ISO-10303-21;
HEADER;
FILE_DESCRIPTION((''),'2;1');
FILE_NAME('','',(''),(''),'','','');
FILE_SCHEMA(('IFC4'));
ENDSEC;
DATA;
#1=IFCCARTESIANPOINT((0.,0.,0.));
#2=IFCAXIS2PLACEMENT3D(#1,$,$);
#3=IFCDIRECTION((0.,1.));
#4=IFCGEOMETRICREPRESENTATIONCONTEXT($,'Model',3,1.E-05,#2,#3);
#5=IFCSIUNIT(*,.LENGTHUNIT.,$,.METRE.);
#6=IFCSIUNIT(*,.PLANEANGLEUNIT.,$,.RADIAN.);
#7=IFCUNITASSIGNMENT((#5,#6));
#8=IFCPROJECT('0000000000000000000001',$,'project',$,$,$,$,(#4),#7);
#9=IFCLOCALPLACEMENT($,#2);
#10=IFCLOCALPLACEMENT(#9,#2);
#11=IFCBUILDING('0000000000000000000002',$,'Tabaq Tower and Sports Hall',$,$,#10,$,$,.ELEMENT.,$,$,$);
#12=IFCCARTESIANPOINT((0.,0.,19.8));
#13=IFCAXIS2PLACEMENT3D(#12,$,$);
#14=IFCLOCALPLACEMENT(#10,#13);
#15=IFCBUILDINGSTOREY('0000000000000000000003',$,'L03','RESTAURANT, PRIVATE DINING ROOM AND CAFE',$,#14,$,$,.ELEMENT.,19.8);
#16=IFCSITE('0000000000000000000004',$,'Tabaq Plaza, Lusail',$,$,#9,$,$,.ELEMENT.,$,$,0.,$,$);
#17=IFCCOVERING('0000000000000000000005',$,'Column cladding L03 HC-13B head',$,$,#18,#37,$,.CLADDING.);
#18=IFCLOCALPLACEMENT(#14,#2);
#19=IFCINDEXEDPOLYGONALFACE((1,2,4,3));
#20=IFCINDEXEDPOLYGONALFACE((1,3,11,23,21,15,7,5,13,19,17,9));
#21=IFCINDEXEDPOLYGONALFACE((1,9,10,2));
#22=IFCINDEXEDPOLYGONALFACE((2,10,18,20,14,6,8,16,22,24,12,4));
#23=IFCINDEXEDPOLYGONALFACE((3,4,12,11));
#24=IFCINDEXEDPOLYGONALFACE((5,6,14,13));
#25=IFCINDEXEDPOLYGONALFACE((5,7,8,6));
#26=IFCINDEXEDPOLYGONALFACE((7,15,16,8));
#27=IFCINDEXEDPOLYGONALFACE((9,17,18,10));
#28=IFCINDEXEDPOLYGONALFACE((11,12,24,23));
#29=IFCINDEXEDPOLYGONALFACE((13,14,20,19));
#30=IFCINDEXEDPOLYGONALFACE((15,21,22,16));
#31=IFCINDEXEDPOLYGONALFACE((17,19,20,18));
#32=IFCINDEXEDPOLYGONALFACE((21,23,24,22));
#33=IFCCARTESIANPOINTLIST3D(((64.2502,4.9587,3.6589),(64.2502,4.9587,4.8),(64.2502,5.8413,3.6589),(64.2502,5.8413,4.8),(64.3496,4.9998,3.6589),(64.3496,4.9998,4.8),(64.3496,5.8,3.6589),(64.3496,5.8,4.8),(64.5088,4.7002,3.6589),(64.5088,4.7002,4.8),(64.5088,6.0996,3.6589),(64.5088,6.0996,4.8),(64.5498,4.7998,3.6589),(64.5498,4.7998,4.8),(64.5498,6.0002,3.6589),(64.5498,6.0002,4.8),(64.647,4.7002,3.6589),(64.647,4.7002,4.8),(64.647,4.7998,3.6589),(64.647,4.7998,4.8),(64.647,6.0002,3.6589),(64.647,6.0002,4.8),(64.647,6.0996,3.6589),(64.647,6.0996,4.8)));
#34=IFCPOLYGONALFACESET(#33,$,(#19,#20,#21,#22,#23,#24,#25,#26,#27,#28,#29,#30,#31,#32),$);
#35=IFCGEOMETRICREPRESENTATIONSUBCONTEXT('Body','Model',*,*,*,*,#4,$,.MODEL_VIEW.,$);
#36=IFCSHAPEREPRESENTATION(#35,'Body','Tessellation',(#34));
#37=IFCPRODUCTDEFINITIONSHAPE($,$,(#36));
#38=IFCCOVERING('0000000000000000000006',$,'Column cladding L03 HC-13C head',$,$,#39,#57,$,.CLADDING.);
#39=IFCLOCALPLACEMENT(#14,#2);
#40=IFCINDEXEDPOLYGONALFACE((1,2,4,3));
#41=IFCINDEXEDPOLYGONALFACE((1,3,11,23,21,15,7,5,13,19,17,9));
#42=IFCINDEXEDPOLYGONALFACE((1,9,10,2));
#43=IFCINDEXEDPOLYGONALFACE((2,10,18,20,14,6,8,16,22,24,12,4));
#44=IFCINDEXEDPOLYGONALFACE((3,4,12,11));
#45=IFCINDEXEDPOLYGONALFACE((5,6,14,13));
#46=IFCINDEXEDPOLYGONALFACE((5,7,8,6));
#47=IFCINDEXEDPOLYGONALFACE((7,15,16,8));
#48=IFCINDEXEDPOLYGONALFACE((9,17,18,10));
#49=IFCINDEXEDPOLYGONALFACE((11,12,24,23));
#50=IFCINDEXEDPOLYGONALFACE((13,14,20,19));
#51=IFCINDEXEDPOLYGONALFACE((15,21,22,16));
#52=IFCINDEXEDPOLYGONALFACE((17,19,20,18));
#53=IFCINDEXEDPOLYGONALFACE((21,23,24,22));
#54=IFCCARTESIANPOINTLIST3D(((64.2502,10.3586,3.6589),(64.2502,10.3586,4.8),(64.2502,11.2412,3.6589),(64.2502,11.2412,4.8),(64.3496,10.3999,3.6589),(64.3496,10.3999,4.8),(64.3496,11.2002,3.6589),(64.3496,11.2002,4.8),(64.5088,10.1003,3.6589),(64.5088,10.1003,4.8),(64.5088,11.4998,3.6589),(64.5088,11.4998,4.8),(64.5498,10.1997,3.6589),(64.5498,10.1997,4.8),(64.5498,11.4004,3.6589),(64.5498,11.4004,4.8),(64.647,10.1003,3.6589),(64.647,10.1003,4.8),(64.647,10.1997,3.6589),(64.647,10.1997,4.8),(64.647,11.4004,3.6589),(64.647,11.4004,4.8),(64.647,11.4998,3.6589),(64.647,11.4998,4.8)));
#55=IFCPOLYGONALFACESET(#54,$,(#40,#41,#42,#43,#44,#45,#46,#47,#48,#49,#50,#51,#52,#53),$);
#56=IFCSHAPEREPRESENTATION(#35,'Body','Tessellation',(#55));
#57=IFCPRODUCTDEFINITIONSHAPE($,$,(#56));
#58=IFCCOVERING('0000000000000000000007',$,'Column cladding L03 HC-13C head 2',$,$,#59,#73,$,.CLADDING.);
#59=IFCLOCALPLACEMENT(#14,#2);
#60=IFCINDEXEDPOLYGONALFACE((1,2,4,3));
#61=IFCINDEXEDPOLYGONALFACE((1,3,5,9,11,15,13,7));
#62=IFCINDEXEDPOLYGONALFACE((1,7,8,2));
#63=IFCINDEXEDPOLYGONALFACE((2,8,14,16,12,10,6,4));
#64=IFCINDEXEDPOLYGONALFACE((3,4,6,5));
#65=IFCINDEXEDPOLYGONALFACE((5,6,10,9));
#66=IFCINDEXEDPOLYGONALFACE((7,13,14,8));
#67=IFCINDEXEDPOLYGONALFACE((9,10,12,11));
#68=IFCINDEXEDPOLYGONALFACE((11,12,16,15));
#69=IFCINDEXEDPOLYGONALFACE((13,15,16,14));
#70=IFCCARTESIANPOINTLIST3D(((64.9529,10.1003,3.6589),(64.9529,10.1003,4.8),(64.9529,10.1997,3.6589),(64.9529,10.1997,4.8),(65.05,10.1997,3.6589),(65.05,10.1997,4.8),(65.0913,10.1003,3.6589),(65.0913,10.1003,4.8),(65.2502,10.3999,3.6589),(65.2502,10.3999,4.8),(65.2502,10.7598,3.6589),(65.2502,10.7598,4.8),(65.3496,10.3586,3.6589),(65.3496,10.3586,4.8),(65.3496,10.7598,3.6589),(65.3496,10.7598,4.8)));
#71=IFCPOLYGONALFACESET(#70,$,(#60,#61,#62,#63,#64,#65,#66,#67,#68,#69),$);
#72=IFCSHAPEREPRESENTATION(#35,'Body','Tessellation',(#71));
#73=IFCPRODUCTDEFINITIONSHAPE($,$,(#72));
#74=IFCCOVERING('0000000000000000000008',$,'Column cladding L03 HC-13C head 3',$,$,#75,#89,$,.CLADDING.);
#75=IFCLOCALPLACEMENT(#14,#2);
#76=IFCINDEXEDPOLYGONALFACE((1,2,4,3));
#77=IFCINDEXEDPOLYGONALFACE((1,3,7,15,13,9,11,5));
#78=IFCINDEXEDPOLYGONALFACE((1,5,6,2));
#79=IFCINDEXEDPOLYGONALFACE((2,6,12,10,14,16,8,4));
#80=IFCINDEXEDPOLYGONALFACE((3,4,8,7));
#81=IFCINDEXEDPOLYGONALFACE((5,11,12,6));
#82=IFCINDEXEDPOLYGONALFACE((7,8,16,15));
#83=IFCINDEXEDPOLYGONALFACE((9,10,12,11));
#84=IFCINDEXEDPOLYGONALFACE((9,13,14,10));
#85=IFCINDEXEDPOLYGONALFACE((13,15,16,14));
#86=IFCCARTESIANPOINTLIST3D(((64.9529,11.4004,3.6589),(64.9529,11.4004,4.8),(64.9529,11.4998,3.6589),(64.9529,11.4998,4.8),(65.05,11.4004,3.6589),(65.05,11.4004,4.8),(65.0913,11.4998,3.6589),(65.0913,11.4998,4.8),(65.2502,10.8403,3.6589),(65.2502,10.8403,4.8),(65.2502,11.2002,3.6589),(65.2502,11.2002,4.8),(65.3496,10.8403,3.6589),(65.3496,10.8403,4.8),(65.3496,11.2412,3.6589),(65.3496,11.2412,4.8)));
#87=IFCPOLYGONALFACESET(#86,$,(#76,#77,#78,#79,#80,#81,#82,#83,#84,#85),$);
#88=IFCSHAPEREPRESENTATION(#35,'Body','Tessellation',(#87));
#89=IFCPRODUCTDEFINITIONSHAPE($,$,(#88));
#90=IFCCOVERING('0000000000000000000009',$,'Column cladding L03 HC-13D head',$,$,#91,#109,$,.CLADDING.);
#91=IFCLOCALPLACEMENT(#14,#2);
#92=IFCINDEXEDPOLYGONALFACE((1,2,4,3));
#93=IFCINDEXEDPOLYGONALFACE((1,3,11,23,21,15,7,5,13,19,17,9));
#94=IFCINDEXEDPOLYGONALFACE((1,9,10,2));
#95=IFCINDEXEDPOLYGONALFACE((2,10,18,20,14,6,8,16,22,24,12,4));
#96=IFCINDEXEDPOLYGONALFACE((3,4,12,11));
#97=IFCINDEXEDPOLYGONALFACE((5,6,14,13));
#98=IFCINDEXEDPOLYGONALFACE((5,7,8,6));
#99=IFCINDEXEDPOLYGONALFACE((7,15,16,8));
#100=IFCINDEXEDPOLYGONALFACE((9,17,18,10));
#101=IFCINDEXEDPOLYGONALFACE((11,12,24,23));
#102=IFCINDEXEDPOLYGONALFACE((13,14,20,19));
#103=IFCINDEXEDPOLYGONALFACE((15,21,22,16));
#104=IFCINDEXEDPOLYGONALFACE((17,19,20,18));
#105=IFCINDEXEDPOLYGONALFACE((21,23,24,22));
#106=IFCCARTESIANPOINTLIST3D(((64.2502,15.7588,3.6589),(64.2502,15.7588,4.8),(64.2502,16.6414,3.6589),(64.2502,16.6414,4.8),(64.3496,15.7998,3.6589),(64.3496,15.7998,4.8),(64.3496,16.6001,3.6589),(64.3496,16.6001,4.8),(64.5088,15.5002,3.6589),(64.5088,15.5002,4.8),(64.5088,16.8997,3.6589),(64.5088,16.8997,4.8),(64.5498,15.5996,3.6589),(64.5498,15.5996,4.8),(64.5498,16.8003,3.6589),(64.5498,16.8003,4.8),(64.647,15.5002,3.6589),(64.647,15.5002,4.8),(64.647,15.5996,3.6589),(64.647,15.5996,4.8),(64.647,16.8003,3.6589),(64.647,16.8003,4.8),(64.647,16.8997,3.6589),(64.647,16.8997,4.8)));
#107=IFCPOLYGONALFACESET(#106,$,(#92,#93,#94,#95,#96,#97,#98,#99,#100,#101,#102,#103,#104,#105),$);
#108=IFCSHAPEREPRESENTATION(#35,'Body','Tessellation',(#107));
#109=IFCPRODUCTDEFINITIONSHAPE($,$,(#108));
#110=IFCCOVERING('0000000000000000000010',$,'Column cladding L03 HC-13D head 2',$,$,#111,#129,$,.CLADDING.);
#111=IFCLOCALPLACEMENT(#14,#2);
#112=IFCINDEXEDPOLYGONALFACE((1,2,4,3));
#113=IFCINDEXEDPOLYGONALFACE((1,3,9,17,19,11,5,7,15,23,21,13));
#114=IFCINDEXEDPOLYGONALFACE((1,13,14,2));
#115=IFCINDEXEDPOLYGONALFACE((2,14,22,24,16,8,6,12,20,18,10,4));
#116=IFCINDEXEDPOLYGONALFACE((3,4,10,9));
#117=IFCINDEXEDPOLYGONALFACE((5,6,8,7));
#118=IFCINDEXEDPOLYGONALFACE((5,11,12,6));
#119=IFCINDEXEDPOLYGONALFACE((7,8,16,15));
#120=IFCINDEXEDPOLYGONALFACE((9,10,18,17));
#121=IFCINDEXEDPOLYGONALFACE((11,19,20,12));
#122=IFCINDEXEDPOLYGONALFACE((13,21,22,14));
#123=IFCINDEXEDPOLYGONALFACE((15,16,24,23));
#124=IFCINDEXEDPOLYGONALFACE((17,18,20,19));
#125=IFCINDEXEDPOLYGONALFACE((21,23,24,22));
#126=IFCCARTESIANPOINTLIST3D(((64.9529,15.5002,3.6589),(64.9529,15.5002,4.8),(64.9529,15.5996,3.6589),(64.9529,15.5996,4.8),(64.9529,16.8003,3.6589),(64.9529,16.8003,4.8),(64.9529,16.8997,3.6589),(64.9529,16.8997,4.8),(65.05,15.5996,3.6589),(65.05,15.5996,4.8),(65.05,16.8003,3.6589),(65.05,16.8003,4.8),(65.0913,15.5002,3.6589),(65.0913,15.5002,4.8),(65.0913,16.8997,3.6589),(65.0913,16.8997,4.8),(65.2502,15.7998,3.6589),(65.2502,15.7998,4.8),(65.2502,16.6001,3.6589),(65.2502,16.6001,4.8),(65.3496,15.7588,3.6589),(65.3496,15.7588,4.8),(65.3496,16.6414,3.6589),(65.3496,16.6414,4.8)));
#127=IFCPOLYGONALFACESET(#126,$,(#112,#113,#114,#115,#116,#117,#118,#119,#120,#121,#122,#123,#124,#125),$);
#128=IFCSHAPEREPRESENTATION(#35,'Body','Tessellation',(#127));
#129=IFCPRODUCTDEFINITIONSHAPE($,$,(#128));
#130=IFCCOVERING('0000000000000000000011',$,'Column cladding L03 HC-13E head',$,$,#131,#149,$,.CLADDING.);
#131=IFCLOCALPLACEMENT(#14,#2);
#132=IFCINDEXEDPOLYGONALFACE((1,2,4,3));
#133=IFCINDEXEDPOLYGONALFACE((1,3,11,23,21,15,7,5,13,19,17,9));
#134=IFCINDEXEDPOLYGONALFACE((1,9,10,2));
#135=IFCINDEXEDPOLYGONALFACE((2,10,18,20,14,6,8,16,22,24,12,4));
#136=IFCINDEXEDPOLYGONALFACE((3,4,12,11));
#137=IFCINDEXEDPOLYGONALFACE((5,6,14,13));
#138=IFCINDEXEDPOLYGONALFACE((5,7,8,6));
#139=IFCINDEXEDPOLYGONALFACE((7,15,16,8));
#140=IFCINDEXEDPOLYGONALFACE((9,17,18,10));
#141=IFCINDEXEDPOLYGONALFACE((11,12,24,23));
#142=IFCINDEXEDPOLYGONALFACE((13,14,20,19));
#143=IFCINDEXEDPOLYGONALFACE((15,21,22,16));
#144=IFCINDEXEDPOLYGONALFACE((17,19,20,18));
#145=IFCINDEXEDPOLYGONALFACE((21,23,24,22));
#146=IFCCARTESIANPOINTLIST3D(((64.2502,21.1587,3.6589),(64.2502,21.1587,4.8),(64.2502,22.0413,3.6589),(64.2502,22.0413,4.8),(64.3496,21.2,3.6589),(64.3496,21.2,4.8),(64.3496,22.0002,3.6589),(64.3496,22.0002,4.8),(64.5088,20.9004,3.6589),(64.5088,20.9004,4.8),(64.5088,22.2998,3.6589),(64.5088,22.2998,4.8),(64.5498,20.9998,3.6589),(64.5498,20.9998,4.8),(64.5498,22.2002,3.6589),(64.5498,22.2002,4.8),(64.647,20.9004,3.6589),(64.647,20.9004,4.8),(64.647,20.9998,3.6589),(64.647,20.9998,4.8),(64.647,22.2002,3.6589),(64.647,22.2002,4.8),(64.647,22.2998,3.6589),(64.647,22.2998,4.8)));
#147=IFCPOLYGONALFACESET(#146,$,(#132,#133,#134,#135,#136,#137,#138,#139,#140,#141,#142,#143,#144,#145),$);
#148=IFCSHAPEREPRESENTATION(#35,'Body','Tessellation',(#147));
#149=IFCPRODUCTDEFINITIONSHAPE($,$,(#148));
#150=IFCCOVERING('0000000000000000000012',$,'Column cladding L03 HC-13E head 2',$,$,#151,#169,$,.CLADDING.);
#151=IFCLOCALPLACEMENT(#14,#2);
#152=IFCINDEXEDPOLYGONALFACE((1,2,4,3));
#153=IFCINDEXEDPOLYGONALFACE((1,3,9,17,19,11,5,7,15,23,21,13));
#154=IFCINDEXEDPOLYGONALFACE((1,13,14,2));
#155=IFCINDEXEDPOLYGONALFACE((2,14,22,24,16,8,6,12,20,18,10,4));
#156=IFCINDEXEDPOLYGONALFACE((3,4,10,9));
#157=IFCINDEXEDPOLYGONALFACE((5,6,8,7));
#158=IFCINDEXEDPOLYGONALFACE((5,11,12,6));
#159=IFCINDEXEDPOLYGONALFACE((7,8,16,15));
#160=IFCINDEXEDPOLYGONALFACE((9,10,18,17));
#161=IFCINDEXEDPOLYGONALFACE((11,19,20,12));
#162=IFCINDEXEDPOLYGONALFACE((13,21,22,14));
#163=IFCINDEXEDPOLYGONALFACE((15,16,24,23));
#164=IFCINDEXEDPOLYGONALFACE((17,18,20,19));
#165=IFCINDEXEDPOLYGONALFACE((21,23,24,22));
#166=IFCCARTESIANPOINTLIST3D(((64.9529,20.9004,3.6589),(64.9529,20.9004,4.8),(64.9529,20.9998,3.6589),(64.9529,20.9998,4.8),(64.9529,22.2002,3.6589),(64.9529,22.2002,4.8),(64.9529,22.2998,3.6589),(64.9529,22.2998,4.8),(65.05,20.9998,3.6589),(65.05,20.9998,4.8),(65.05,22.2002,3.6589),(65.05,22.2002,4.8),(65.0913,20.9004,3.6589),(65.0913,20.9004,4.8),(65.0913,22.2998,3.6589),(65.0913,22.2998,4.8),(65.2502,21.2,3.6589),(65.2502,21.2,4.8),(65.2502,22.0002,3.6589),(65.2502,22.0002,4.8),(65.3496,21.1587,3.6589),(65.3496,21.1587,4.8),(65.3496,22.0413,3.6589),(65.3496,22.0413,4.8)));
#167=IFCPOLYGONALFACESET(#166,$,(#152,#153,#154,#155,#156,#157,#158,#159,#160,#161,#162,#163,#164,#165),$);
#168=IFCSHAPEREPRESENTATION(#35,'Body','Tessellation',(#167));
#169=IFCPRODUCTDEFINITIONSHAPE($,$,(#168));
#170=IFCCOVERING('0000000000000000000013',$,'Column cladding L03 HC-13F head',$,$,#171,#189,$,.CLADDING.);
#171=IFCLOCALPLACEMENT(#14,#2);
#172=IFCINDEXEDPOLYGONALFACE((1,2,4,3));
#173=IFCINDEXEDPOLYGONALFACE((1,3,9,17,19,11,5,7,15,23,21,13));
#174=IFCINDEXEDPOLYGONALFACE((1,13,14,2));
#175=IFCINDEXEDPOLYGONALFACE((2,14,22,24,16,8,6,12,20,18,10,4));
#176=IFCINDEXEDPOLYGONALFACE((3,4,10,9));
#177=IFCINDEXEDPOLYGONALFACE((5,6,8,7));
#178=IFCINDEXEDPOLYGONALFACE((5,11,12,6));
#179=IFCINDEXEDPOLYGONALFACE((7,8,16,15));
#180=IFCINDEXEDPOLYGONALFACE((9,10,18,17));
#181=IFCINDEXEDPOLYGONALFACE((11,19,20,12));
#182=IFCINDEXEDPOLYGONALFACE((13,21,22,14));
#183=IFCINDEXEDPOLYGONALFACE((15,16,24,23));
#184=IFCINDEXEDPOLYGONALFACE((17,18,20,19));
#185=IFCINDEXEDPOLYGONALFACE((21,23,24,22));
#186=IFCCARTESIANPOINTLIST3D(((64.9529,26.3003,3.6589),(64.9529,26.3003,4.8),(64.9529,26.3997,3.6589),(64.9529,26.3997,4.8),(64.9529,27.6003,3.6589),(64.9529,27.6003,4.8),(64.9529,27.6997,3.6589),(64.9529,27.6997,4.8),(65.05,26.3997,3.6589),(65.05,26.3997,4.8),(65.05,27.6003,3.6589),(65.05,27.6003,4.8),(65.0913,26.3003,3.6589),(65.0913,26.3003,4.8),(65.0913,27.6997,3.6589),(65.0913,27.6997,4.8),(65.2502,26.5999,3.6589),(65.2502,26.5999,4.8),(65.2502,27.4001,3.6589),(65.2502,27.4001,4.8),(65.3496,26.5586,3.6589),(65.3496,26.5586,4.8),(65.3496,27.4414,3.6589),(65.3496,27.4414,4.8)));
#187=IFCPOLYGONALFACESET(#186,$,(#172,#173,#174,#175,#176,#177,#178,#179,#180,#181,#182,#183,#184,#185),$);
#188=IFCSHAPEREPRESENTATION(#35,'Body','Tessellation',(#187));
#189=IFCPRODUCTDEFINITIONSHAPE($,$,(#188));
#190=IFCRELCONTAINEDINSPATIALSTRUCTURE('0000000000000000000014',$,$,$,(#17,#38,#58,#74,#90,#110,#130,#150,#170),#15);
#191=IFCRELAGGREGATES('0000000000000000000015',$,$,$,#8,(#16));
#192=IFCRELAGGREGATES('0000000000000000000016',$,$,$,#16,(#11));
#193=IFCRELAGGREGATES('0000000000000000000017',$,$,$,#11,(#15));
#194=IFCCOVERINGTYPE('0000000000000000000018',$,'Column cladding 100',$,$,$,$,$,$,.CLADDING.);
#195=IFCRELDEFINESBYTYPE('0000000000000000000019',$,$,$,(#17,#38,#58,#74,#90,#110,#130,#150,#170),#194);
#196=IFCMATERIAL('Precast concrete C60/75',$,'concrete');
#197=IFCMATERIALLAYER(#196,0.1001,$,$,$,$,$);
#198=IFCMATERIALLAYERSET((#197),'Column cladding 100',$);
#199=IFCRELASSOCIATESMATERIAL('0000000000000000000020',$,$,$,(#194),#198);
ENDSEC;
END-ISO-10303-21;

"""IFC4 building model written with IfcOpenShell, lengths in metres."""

from ifc_helpers import new_model, si_unit, direction, frame, origin, place, context, subcontext, project, spatial, polyline, outline, extrude, material, layer, layer_set, type_object, element, save


model = new_model("IFC4")

# Units and contexts
model_context = context("Model", 3, precision=1e-05, world=origin(), true_north=direction((0.0, 1.0)))
body_context = subcontext(model_context, "Body", "Model", "MODEL_VIEW")
ifc_project = project(units=[si_unit("LENGTHUNIT", "METRE"), si_unit("PLANEANGLEUNIT", "RADIAN")], contexts=[model_context])

# Site, building, storey
site_placement = place(None, origin())
site = spatial("IfcSite", under=ifc_project, at=site_placement, Name="Tabaq Plaza, Lusail", CompositionType="ELEMENT", RefElevation=0.0)
building_placement = place(site_placement, origin())
building = spatial("IfcBuilding", under=site, at=building_placement, Name="Tabaq Tower and Sports Hall", CompositionType="ELEMENT")
storey_placement = place(building_placement, frame((0.0, 0.0, 19.8)))
storey = spatial("IfcBuildingStorey", under=building, at=storey_placement, Name="L03", Description="RESTAURANT, PRIVATE DINING ROOM AND CAFE", CompositionType="ELEMENT", Elevation=19.8)

# Coverings
ifc_material = material(Name="Precast concrete C60/75", Category="concrete")
ifc_layer = layer(ifc_material, 0.1001)
ifc_layer_set = layer_set([ifc_layer], Name="Column cladding 100")
covering_type = type_object("IfcCoveringType", Name="Column cladding 100", PredefinedType="CLADDING", material=ifc_layer_set)
covering_1_placement = place(storey_placement, frame((0.0, 0.0, 3.6589)))
element("IfcCovering", 1, at=covering_1_placement, inside=storey, type_object=covering_type, Name="Column cladding L03 HC-13B head", PredefinedType="CLADDING", context=body_context, shape_type="SweptSolid", body=[
    extrude(outline(polyline([(64.2502, 4.9587), (64.2502, 5.8413), (64.5088, 6.0996), (64.647, 6.0996), (64.647, 6.0002), (64.5498, 6.0002), (64.3496, 5.8), (64.3496, 4.9998), (64.5498, 4.7998), (64.647, 4.7998), (64.647, 4.7002), (64.5088, 4.7002), (64.2502, 4.9587)])), origin(), (0.0, 0.0, 1.0), 1.1411),
])
covering_2_placement = place(storey_placement, frame((0.0, 0.0, 3.6589)))
element("IfcCovering", 2, at=covering_2_placement, inside=storey, type_object=covering_type, Name="Column cladding L03 HC-13C head", PredefinedType="CLADDING", context=body_context, shape_type="SweptSolid", body=[
    extrude(outline(polyline([(64.2502, 10.3586), (64.2502, 11.2412), (64.5088, 11.4998), (64.647, 11.4998), (64.647, 11.4004), (64.5498, 11.4004), (64.3496, 11.2002), (64.3496, 10.3999), (64.5498, 10.1997), (64.647, 10.1997), (64.647, 10.1003), (64.5088, 10.1003), (64.2502, 10.3586)])), origin(), (0.0, 0.0, 1.0), 1.1411),
])
covering_3_placement = place(storey_placement, frame((0.0, 0.0, 3.6589)))
element("IfcCovering", 3, at=covering_3_placement, inside=storey, type_object=covering_type, Name="Column cladding L03 HC-13C head 2", PredefinedType="CLADDING", context=body_context, shape_type="SweptSolid", body=[
    extrude(outline(polyline([(65.05, 10.1997), (65.2502, 10.3999), (65.2502, 10.7598), (65.3496, 10.7598), (65.3496, 10.3586), (65.0913, 10.1003), (64.9529, 10.1003), (64.9529, 10.1997), (65.05, 10.1997)])), origin(), (0.0, 0.0, 1.0), 1.1411),
])
covering_4_placement = place(storey_placement, frame((0.0, 0.0, 3.6589)))
element("IfcCovering", 4, at=covering_4_placement, inside=storey, type_object=covering_type, Name="Column cladding L03 HC-13C head 3", PredefinedType="CLADDING", context=body_context, shape_type="SweptSolid", body=[
    extrude(outline(polyline([(65.0913, 11.4998), (65.3496, 11.2412), (65.3496, 10.8403), (65.2502, 10.8403), (65.2502, 11.2002), (65.05, 11.4004), (64.9529, 11.4004), (64.9529, 11.4998), (65.0913, 11.4998)])), origin(), (0.0, 0.0, 1.0), 1.1411),
])
covering_5_placement = place(storey_placement, frame((0.0, 0.0, 3.6589)))
element("IfcCovering", 5, at=covering_5_placement, inside=storey, type_object=covering_type, Name="Column cladding L03 HC-13D head", PredefinedType="CLADDING", context=body_context, shape_type="SweptSolid", body=[
    extrude(outline(polyline([(64.5088, 15.5002), (64.2502, 15.7588), (64.2502, 16.6414), (64.5088, 16.8997), (64.647, 16.8997), (64.647, 16.8003), (64.5498, 16.8003), (64.3496, 16.6001), (64.3496, 15.7998), (64.5498, 15.5996), (64.647, 15.5996), (64.647, 15.5002), (64.5088, 15.5002)])), origin(), (0.0, 0.0, 1.0), 1.1411),
])
covering_6_placement = place(storey_placement, frame((0.0, 0.0, 3.6589)))
element("IfcCovering", 6, at=covering_6_placement, inside=storey, type_object=covering_type, Name="Column cladding L03 HC-13D head 2", PredefinedType="CLADDING", context=body_context, shape_type="SweptSolid", body=[
    extrude(outline(polyline([(64.9529, 15.5002), (64.9529, 15.5996), (65.05, 15.5996), (65.2502, 15.7998), (65.2502, 16.6001), (65.05, 16.8003), (64.9529, 16.8003), (64.9529, 16.8997), (65.0913, 16.8997), (65.3496, 16.6414), (65.3496, 15.7588), (65.0913, 15.5002), (64.9529, 15.5002)])), origin(), (0.0, 0.0, 1.0), 1.1411),
])
covering_7_placement = place(storey_placement, frame((0.0, 0.0, 3.6589)))
element("IfcCovering", 7, at=covering_7_placement, inside=storey, type_object=covering_type, Name="Column cladding L03 HC-13E head", PredefinedType="CLADDING", context=body_context, shape_type="SweptSolid", body=[
    extrude(outline(polyline([(64.5088, 20.9004), (64.2502, 21.1587), (64.2502, 22.0413), (64.5088, 22.2998), (64.647, 22.2998), (64.647, 22.2002), (64.5498, 22.2002), (64.3496, 22.0002), (64.3496, 21.2), (64.5498, 20.9998), (64.647, 20.9998), (64.647, 20.9004), (64.5088, 20.9004)])), origin(), (0.0, 0.0, 1.0), 1.1411),
])
covering_8_placement = place(storey_placement, frame((0.0, 0.0, 3.6589)))
element("IfcCovering", 8, at=covering_8_placement, inside=storey, type_object=covering_type, Name="Column cladding L03 HC-13E head 2", PredefinedType="CLADDING", context=body_context, shape_type="SweptSolid", body=[
    extrude(outline(polyline([(64.9529, 20.9004), (64.9529, 20.9998), (65.05, 20.9998), (65.2502, 21.2), (65.2502, 22.0002), (65.05, 22.2002), (64.9529, 22.2002), (64.9529, 22.2998), (65.0913, 22.2998), (65.3496, 22.0413), (65.3496, 21.1587), (65.0913, 20.9004), (64.9529, 20.9004)])), origin(), (0.0, 0.0, 1.0), 1.1411),
])
covering_9_placement = place(storey_placement, frame((0.0, 0.0, 3.6589)))
element("IfcCovering", 9, at=covering_9_placement, inside=storey, type_object=covering_type, Name="Column cladding L03 HC-13F head", PredefinedType="CLADDING", context=body_context, shape_type="SweptSolid", body=[
    extrude(outline(polyline([(64.9529, 26.3003), (64.9529, 26.3997), (65.05, 26.3997), (65.2502, 26.5999), (65.2502, 27.4001), (65.05, 27.6003), (64.9529, 27.6003), (64.9529, 27.6997), (65.0913, 27.6997), (65.3496, 27.4414), (65.3496, 26.5586), (65.0913, 26.3003), (64.9529, 26.3003)])), origin(), (0.0, 0.0, 1.0), 1.1411),
])

save(model, "model.ifc")
